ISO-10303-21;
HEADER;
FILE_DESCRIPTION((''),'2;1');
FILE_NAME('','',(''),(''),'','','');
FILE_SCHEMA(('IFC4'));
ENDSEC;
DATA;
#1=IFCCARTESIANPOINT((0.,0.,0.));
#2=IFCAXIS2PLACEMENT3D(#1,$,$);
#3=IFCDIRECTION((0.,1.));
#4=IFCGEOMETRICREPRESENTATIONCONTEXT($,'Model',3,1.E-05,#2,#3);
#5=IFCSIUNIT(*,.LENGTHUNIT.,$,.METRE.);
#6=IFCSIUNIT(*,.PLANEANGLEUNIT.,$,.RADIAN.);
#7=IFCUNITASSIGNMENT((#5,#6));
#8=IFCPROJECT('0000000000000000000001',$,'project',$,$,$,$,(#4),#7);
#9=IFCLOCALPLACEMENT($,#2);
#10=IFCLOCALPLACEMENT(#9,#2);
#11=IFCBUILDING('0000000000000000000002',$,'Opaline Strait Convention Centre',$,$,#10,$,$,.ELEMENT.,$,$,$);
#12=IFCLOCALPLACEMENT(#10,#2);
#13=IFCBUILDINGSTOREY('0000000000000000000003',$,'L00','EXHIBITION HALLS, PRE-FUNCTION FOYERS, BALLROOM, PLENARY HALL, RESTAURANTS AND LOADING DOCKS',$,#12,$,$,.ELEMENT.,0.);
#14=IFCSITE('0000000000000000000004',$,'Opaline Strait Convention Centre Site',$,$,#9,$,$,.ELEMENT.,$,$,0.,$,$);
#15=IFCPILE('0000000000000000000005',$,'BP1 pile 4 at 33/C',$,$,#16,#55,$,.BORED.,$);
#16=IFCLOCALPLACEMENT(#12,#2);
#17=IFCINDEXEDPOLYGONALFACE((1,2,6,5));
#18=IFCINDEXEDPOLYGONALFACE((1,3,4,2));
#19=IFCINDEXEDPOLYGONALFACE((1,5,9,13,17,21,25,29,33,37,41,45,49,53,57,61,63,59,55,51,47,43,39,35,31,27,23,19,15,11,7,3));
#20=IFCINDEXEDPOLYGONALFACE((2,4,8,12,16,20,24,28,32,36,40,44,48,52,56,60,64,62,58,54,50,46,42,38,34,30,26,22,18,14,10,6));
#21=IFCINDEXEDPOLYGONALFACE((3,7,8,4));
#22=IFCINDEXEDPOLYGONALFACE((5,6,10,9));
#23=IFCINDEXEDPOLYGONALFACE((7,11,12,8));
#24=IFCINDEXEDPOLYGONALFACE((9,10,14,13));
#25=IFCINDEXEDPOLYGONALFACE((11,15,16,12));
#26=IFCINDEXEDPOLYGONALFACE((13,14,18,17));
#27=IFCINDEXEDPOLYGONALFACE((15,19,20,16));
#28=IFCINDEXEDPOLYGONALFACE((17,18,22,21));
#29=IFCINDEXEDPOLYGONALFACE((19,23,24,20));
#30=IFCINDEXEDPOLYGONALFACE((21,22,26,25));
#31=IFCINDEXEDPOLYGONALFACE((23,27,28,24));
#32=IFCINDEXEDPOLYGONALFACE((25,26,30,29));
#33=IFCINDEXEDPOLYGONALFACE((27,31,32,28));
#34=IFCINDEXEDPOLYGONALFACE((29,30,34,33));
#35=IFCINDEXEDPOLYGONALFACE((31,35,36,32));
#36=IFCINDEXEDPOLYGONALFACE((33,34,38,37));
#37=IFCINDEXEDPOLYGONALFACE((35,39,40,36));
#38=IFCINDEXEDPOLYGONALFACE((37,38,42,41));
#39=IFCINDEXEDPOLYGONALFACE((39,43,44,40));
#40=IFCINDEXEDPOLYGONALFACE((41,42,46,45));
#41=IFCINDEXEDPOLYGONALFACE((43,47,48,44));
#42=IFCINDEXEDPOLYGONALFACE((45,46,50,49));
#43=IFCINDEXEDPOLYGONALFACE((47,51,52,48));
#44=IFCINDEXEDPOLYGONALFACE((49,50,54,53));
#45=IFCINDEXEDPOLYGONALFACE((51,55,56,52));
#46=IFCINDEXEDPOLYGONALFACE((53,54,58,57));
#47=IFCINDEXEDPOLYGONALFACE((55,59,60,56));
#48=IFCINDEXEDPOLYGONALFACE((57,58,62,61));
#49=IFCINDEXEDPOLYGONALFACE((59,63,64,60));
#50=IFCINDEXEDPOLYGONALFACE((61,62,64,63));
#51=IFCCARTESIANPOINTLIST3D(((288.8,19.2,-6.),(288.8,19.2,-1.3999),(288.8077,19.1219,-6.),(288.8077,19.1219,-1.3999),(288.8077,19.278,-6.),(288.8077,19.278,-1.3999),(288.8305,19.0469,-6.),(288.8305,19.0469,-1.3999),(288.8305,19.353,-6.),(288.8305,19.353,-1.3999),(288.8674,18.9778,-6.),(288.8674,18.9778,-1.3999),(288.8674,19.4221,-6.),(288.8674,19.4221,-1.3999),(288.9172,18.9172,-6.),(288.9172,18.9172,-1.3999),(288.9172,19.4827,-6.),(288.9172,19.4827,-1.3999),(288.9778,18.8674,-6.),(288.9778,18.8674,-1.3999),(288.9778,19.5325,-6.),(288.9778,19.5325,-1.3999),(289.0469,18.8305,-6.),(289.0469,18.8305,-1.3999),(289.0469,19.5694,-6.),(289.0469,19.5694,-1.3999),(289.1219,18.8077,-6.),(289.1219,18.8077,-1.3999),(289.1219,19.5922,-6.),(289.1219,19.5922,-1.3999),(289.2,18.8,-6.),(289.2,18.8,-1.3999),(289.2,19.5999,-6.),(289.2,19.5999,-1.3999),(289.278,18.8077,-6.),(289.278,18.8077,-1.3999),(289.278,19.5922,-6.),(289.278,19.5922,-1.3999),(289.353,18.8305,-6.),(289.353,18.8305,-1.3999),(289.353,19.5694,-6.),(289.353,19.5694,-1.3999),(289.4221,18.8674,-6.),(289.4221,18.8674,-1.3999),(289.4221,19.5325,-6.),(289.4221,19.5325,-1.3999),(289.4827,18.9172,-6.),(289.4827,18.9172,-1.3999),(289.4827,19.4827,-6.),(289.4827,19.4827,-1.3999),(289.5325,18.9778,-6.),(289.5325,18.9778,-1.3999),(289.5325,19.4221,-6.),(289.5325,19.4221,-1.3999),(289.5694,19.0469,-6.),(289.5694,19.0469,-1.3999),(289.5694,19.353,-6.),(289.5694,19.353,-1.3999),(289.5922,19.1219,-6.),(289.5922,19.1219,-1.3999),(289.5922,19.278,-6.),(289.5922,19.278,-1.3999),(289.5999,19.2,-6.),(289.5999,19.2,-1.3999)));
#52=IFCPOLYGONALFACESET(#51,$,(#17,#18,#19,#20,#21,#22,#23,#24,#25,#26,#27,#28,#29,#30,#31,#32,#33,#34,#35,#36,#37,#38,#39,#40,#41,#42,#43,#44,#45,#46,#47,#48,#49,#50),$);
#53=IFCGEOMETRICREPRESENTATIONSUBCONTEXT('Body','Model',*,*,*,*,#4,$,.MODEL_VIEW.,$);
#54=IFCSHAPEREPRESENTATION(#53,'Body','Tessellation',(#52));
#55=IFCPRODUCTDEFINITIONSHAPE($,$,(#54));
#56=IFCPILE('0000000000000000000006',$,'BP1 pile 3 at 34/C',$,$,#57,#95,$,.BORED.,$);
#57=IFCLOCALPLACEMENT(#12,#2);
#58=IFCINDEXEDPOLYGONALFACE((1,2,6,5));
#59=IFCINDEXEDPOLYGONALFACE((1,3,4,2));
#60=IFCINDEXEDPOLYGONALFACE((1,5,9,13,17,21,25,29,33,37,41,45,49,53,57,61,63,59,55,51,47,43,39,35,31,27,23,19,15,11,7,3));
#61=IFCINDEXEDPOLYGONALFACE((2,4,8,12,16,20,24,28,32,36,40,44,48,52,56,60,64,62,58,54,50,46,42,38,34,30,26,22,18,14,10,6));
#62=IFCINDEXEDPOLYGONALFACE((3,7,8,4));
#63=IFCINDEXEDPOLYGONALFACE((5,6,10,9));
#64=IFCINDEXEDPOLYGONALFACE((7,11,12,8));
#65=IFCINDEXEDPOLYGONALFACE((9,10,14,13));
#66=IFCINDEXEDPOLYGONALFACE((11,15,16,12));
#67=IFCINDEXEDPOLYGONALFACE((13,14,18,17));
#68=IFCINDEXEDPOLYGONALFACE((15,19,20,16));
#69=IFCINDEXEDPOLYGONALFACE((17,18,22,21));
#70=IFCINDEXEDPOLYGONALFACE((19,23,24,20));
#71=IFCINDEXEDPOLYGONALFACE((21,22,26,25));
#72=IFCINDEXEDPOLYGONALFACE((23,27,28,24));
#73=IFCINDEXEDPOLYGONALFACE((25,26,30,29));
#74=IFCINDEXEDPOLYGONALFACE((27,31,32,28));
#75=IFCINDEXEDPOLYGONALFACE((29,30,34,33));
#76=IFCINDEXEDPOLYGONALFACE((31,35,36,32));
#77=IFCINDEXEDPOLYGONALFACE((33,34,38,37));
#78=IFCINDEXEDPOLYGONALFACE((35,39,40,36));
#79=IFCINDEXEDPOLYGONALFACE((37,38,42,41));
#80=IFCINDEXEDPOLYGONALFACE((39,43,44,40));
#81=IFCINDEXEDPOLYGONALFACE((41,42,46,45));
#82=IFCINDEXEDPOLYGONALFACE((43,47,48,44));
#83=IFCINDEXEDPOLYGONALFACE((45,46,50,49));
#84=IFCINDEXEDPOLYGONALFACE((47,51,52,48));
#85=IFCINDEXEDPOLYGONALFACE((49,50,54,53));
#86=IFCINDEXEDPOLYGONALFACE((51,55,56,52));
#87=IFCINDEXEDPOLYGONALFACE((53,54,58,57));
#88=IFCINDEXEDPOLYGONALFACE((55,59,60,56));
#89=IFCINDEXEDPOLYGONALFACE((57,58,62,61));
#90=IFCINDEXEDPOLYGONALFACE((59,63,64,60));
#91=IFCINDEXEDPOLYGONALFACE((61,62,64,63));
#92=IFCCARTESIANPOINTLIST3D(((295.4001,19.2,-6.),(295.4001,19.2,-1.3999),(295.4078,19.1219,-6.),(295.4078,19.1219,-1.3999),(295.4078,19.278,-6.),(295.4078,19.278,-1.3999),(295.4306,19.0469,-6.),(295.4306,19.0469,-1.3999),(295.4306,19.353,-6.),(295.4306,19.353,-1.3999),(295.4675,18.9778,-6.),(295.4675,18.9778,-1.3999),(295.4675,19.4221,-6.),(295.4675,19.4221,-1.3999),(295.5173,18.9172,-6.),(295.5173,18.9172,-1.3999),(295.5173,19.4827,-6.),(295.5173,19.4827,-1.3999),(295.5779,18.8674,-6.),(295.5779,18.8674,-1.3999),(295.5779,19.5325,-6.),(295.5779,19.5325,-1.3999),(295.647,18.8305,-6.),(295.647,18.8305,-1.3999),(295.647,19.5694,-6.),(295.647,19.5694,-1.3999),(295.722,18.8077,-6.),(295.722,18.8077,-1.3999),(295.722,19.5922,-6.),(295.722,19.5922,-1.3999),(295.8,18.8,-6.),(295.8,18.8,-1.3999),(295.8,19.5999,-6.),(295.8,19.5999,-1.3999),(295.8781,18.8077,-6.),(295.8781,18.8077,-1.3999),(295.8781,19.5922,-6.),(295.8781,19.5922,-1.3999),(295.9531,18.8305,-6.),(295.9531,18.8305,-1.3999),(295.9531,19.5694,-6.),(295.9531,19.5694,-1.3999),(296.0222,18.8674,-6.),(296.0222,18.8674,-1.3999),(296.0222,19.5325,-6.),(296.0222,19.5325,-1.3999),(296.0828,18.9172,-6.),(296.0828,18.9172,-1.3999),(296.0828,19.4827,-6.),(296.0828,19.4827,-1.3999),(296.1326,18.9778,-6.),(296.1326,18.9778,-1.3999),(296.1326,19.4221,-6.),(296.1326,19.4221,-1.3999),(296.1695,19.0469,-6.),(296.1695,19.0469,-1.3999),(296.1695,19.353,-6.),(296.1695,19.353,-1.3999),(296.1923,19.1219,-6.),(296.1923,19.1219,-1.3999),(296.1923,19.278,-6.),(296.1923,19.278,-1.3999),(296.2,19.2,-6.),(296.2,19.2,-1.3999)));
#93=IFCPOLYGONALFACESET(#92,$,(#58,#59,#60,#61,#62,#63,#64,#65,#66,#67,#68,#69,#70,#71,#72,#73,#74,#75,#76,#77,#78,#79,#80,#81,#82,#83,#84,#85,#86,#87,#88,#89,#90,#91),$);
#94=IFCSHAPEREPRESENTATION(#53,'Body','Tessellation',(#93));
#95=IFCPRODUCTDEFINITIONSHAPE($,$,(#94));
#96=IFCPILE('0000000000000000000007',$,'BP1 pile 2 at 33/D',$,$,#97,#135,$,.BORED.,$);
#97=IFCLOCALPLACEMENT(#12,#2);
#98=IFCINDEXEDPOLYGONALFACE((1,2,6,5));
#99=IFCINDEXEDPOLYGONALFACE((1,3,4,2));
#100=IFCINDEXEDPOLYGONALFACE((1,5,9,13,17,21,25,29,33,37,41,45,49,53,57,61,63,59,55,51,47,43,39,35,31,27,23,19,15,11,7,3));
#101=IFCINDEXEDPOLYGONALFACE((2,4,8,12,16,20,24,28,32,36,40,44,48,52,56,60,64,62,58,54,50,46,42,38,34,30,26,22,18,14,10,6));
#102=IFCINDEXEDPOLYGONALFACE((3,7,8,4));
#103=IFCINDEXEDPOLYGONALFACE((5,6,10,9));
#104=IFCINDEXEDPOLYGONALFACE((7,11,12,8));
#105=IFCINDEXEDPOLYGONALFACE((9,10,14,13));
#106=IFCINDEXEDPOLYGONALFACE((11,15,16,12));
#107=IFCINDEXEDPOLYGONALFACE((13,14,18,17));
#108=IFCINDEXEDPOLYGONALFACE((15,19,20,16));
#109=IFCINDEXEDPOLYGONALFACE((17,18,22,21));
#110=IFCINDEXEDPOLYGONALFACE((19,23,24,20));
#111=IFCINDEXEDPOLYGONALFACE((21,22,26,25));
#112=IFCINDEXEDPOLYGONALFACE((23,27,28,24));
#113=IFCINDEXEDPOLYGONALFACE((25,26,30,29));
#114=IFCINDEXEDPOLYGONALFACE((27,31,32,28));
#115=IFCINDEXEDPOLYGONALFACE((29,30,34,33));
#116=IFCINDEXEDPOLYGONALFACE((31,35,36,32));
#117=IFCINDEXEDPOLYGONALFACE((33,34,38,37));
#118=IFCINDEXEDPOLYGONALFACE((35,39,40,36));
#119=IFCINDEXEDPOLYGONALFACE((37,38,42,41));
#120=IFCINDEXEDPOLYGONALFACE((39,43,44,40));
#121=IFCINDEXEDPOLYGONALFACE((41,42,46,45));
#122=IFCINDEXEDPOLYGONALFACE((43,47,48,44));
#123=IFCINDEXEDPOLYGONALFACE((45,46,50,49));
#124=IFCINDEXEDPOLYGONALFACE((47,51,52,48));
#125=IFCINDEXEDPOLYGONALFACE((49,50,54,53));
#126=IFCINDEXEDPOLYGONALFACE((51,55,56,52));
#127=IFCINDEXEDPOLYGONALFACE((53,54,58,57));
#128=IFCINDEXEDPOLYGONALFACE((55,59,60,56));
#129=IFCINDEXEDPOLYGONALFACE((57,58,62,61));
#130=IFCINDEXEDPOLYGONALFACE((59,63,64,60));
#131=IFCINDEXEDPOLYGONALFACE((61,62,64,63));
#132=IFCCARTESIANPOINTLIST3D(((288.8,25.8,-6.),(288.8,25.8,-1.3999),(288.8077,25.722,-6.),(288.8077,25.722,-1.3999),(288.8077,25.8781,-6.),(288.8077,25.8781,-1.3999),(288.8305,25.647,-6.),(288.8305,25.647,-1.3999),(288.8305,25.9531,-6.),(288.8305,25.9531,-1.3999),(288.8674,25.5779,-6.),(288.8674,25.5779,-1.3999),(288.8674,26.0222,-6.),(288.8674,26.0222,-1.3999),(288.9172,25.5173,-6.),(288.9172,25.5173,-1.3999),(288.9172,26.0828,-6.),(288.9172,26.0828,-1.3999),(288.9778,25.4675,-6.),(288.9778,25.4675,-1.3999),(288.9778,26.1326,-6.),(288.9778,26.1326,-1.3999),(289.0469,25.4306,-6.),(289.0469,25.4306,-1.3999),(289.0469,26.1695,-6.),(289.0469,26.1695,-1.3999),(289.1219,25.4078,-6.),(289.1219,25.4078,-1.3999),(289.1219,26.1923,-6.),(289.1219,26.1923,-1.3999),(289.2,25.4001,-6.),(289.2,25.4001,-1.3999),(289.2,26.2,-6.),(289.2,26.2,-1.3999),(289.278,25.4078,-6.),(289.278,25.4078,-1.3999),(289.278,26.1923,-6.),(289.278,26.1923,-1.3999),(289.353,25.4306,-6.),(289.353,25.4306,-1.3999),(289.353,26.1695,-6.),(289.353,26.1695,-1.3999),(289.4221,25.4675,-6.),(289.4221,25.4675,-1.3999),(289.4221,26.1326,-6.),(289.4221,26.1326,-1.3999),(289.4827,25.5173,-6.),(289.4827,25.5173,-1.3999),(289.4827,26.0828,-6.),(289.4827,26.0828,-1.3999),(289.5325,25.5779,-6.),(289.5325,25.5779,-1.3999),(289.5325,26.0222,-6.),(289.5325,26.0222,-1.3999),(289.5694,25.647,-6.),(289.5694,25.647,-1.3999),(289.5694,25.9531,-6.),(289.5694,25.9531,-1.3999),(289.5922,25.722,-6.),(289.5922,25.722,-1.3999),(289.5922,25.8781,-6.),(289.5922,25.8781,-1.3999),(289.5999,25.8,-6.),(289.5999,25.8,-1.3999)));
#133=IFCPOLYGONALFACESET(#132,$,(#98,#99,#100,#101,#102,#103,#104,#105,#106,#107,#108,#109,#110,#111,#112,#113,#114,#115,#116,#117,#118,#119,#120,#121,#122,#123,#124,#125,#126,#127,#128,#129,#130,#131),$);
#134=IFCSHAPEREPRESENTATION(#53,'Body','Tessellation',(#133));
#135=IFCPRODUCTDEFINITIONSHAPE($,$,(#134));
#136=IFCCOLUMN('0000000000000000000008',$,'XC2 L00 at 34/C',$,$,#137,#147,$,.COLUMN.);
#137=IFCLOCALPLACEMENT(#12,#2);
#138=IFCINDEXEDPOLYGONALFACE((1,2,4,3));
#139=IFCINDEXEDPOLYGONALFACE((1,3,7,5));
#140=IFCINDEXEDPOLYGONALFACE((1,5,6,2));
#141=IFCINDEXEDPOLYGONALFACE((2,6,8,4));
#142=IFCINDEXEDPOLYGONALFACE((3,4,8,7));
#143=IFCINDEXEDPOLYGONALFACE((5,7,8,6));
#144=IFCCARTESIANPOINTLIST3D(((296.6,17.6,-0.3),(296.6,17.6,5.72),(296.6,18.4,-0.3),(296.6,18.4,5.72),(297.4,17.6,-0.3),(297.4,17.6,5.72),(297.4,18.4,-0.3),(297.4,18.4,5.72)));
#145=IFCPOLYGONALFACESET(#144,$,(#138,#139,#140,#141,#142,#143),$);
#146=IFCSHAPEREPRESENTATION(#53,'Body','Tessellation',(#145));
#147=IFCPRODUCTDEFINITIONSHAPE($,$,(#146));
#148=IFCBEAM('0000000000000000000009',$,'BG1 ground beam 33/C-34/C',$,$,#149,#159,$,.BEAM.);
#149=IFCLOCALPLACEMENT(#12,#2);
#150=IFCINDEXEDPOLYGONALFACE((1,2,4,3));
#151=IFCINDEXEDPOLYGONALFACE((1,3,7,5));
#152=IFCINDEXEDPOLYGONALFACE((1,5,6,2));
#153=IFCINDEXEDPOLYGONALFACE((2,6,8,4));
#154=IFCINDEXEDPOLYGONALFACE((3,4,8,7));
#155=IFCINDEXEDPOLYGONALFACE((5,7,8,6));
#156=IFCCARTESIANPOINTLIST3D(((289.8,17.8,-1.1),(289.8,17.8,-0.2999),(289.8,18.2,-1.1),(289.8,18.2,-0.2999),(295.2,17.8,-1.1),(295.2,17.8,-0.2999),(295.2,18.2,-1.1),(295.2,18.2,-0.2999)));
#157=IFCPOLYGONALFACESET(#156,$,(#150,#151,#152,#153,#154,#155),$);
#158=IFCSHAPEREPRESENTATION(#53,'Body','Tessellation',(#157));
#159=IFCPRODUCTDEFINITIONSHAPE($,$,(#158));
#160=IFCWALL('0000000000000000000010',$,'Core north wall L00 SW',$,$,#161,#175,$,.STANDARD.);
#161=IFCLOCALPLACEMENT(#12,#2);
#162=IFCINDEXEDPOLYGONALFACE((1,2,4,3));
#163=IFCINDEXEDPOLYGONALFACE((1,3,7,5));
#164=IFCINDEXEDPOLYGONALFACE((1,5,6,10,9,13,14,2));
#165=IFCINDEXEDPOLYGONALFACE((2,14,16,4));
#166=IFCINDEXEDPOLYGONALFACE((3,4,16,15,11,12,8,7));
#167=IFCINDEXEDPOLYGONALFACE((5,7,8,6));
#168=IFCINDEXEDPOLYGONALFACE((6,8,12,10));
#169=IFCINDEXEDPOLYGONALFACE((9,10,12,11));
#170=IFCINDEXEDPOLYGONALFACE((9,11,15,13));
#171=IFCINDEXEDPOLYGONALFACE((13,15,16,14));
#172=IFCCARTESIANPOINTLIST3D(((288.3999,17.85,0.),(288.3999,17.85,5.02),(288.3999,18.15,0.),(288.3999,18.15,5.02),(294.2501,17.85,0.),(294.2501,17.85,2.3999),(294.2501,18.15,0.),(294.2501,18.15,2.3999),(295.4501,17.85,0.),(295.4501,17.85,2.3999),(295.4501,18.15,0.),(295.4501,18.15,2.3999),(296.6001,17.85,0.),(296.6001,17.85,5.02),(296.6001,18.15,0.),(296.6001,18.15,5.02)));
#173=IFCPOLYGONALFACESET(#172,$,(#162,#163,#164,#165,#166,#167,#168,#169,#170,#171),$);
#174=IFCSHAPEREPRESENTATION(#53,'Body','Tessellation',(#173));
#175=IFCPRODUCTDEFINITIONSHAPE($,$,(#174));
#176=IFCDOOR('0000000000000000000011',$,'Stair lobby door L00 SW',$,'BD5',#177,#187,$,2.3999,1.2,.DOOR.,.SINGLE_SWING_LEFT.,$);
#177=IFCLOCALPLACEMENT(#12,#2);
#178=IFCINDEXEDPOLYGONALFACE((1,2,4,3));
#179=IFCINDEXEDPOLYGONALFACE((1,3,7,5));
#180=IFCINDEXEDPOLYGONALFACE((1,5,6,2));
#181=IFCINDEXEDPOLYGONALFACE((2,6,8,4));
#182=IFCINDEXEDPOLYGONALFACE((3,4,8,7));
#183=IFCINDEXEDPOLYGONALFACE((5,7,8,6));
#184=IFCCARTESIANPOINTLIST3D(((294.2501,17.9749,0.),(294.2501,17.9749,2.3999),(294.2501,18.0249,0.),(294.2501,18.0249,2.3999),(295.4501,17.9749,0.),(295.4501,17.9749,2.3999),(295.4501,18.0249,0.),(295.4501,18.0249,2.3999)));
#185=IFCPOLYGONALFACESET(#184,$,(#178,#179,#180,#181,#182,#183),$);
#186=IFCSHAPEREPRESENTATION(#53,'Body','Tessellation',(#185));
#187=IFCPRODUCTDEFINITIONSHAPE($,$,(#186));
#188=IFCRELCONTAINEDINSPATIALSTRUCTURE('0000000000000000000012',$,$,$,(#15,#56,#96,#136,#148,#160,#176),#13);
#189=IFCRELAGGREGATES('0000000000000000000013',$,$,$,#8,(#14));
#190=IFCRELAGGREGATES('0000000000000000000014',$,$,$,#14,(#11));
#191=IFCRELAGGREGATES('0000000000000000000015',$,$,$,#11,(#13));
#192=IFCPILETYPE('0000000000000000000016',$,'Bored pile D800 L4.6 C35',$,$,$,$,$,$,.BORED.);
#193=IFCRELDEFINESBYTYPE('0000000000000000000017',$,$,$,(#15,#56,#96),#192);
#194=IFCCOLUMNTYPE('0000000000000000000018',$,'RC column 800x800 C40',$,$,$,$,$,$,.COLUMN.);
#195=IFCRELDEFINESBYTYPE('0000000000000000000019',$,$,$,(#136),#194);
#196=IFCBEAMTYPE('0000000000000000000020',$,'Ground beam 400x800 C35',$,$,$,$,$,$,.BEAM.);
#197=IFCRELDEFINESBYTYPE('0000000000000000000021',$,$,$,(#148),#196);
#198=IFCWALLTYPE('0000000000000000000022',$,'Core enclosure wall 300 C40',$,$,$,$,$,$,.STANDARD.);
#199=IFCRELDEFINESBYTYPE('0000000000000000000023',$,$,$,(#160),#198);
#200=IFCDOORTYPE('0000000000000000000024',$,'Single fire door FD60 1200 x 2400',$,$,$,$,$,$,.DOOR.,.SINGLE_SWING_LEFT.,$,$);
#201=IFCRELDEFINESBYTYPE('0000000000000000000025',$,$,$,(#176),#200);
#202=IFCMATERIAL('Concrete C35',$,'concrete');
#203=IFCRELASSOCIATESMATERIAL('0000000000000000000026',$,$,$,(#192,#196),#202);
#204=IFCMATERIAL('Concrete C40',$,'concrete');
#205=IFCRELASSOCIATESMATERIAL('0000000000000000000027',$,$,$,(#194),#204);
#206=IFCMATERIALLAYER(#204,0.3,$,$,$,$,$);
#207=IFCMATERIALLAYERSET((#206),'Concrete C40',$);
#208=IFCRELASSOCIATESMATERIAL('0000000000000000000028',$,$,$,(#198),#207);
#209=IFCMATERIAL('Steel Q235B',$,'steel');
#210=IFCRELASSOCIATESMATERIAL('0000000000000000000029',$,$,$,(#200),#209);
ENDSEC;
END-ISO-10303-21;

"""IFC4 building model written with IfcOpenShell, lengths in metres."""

from ifc_helpers import new_model, si_unit, direction, frame, frame_2d, origin, origin_2d, place, context, subcontext, project, spatial, rectangle, circle, extrude, material, layer, layer_set, material_profile, profile_set, type_object, element, fill, save


model = new_model("IFC4")

# Units and contexts
model_context = context("Model", 3, precision=1e-05, world=origin(), true_north=direction((0.0, 1.0)))
body_context = subcontext(model_context, "Body", "Model", "MODEL_VIEW")
ifc_project = project(units=[si_unit("LENGTHUNIT", "METRE"), si_unit("PLANEANGLEUNIT", "RADIAN")], contexts=[model_context])

# Site, building, storey
site_placement = place(None, origin())
site = spatial("IfcSite", under=ifc_project, at=site_placement, Name="Opaline Strait Convention Centre Site", CompositionType="ELEMENT", RefElevation=0.0)
building_placement = place(site_placement, origin())
building = spatial("IfcBuilding", under=site, at=building_placement, Name="Opaline Strait Convention Centre", CompositionType="ELEMENT")
storey_placement = place(building_placement, origin())
storey = spatial("IfcBuildingStorey", under=building, at=storey_placement, Name="L00", Description="EXHIBITION HALLS, PRE-FUNCTION FOYERS, BALLROOM, PLENARY HALL, RESTAURANTS AND LOADING DOCKS", CompositionType="ELEMENT", Elevation=0.0)

# Piles
ifc_material_1 = material(Name="Concrete C35", Category="concrete")
ifc_material_profile_1 = material_profile(ifc_material_1, circle(Radius=0.3999, at=origin_2d()), Name="D800")
ifc_profile_set_1 = profile_set([ifc_material_profile_1], Name="Concrete C35")
pile_type = type_object("IfcPileType", Name="Bored pile D800 L4.6 C35", PredefinedType="BORED", material=ifc_profile_set_1)
for number, where, z_axis, x_axis, name in (
    (1, (289.2, 19.2, -1.3999), (0.0, 0.0, -1.0), (1.0, 0.0, 0.0), "BP1 pile 4 at 33/C"),
    (2, (295.8, 19.2, -1.3999), (0.0, 0.0, -1.0), (1.0, 0.0, 0.0), "BP1 pile 3 at 34/C"),
    (3, (289.2, 25.8, -1.3999), (0.0, 0.0, -1.0), (1.0, 0.0, 0.0), "BP1 pile 2 at 33/D"),
):
    element("IfcPile", number, at=place(storey_placement, frame(where, z_axis=z_axis, x_axis=x_axis)), inside=storey, type_object=pile_type, Name=name, PredefinedType="BORED", context=body_context, shape_type="SweptSolid", body=[
        extrude(circle(Radius=0.3999, at=origin_2d()), origin(), (0.0, 0.0, 1.0), 4.6001),
    ])

# Column
ifc_material_2 = material(Name="Concrete C40", Category="concrete")
ifc_material_profile_2 = material_profile(ifc_material_2, rectangle(XDim=0.8, YDim=0.8, at=origin_2d()), Name="RC 800x800")
ifc_profile_set_2 = profile_set([ifc_material_profile_2], Name="Concrete C40")
column_type = type_object("IfcColumnType", Name="RC column 800x800 C40", PredefinedType="COLUMN", material=ifc_profile_set_2)
column_placement = place(storey_placement, frame((297.0, 18.0, -0.3), z_axis=(0.0, 0.0, 1.0), x_axis=(1.0, 0.0, 0.0)))
element("IfcColumn", 4, at=column_placement, inside=storey, type_object=column_type, Name="XC2 L00 at 34/C", PredefinedType="COLUMN", context=body_context, shape_type="SweptSolid", body=[
    extrude(rectangle(XDim=0.8, YDim=0.8, at=origin_2d()), origin(), (0.0, 0.0, 1.0), 6.02),
])

# Beam
ifc_material_profile_3 = material_profile(ifc_material_1, rectangle(XDim=0.3999, YDim=0.8, at=origin_2d()), Name="RC 400x800")
ifc_profile_set_3 = profile_set([ifc_material_profile_3], Name="Concrete C35")
beam_type = type_object("IfcBeamType", Name="Ground beam 400x800 C35", PredefinedType="BEAM", material=ifc_profile_set_3)
beam_placement = place(storey_placement, frame((289.8, 18.0, -0.7), z_axis=(1.0, 0.0, 0.0), x_axis=(0.0, 1.0, 0.0)))
element("IfcBeam", 5, at=beam_placement, inside=storey, type_object=beam_type, Name="BG1 ground beam 33/C-34/C", PredefinedType="BEAM", context=body_context, shape_type="SweptSolid", body=[
    extrude(rectangle(XDim=0.3999, YDim=0.8, at=origin_2d()), origin(), (0.0, 0.0, 1.0), 5.3999),
])

# Wall, opening, door
ifc_layer_1 = layer(ifc_material_2, 0.3)
ifc_layer_set_1 = layer_set([ifc_layer_1], Name="Concrete C40")
wall_type_1 = type_object("IfcWallType", Name="Core enclosure wall 300 C40", PredefinedType="STANDARD", material=ifc_layer_set_1)
wall_1_placement = place(storey_placement, frame((288.3999, 18.0, 0.0), z_axis=(0.0, 0.0, 1.0), x_axis=(1.0, 0.0, 0.0)))
wall_1 = element("IfcWall", 6, at=wall_1_placement, inside=storey, type_object=wall_type_1, Name="Core north wall L00 SW", PredefinedType="STANDARD", context=body_context, shape_type="SweptSolid", body=[
    extrude(rectangle(XDim=8.2002, YDim=0.3, at=frame_2d((4.1001, 0.0))), origin(), (0.0, 0.0, 1.0), 5.02),
])
opening_1_placement = place(wall_1_placement, frame((5.8501, 0.0, 0.0)))
opening_1 = element("IfcOpeningElement", 7, at=opening_1_placement, cuts=wall_1, PredefinedType="OPENING", context=body_context, shape_type="SweptSolid", body=[
    extrude(rectangle(XDim=1.2, YDim=2.3999, at=frame_2d((0.6001, 1.2))), frame((0.0, 0.1599, 0.0), z_axis=(0.0, -1.0, 0.0), x_axis=(1.0, 0.0, 0.0)), (0.0, 0.0, 1.0), 0.3201),
])
ifc_material_3 = material(Name="Steel Q235B", Category="steel")
door_type_1 = type_object("IfcDoorType", Name="Single fire door FD60 1200 x 2400", OperationType="SINGLE_SWING_LEFT", PredefinedType="DOOR", material=ifc_material_3)
door_1_placement = place(opening_1_placement, origin())
door_1 = element("IfcDoor", 8, at=door_1_placement, inside=storey, type_object=door_type_1, Name="Stair lobby door L00 SW", ObjectType="BD5", OperationType="SINGLE_SWING_LEFT", OverallHeight=2.3999, OverallWidth=1.2, PredefinedType="DOOR", context=body_context, shape_type="SweptSolid", body=[
    extrude(rectangle(XDim=1.2, YDim=2.3999, at=frame_2d((0.6001, 1.2))), frame((0.0, 0.0249, 0.0), z_axis=(0.0, -1.0, 0.0), x_axis=(1.0, 0.0, 0.0)), (0.0, 0.0, 1.0), 0.05),
])
fill(opening_1, door_1)

save(model, "model.ifc")
